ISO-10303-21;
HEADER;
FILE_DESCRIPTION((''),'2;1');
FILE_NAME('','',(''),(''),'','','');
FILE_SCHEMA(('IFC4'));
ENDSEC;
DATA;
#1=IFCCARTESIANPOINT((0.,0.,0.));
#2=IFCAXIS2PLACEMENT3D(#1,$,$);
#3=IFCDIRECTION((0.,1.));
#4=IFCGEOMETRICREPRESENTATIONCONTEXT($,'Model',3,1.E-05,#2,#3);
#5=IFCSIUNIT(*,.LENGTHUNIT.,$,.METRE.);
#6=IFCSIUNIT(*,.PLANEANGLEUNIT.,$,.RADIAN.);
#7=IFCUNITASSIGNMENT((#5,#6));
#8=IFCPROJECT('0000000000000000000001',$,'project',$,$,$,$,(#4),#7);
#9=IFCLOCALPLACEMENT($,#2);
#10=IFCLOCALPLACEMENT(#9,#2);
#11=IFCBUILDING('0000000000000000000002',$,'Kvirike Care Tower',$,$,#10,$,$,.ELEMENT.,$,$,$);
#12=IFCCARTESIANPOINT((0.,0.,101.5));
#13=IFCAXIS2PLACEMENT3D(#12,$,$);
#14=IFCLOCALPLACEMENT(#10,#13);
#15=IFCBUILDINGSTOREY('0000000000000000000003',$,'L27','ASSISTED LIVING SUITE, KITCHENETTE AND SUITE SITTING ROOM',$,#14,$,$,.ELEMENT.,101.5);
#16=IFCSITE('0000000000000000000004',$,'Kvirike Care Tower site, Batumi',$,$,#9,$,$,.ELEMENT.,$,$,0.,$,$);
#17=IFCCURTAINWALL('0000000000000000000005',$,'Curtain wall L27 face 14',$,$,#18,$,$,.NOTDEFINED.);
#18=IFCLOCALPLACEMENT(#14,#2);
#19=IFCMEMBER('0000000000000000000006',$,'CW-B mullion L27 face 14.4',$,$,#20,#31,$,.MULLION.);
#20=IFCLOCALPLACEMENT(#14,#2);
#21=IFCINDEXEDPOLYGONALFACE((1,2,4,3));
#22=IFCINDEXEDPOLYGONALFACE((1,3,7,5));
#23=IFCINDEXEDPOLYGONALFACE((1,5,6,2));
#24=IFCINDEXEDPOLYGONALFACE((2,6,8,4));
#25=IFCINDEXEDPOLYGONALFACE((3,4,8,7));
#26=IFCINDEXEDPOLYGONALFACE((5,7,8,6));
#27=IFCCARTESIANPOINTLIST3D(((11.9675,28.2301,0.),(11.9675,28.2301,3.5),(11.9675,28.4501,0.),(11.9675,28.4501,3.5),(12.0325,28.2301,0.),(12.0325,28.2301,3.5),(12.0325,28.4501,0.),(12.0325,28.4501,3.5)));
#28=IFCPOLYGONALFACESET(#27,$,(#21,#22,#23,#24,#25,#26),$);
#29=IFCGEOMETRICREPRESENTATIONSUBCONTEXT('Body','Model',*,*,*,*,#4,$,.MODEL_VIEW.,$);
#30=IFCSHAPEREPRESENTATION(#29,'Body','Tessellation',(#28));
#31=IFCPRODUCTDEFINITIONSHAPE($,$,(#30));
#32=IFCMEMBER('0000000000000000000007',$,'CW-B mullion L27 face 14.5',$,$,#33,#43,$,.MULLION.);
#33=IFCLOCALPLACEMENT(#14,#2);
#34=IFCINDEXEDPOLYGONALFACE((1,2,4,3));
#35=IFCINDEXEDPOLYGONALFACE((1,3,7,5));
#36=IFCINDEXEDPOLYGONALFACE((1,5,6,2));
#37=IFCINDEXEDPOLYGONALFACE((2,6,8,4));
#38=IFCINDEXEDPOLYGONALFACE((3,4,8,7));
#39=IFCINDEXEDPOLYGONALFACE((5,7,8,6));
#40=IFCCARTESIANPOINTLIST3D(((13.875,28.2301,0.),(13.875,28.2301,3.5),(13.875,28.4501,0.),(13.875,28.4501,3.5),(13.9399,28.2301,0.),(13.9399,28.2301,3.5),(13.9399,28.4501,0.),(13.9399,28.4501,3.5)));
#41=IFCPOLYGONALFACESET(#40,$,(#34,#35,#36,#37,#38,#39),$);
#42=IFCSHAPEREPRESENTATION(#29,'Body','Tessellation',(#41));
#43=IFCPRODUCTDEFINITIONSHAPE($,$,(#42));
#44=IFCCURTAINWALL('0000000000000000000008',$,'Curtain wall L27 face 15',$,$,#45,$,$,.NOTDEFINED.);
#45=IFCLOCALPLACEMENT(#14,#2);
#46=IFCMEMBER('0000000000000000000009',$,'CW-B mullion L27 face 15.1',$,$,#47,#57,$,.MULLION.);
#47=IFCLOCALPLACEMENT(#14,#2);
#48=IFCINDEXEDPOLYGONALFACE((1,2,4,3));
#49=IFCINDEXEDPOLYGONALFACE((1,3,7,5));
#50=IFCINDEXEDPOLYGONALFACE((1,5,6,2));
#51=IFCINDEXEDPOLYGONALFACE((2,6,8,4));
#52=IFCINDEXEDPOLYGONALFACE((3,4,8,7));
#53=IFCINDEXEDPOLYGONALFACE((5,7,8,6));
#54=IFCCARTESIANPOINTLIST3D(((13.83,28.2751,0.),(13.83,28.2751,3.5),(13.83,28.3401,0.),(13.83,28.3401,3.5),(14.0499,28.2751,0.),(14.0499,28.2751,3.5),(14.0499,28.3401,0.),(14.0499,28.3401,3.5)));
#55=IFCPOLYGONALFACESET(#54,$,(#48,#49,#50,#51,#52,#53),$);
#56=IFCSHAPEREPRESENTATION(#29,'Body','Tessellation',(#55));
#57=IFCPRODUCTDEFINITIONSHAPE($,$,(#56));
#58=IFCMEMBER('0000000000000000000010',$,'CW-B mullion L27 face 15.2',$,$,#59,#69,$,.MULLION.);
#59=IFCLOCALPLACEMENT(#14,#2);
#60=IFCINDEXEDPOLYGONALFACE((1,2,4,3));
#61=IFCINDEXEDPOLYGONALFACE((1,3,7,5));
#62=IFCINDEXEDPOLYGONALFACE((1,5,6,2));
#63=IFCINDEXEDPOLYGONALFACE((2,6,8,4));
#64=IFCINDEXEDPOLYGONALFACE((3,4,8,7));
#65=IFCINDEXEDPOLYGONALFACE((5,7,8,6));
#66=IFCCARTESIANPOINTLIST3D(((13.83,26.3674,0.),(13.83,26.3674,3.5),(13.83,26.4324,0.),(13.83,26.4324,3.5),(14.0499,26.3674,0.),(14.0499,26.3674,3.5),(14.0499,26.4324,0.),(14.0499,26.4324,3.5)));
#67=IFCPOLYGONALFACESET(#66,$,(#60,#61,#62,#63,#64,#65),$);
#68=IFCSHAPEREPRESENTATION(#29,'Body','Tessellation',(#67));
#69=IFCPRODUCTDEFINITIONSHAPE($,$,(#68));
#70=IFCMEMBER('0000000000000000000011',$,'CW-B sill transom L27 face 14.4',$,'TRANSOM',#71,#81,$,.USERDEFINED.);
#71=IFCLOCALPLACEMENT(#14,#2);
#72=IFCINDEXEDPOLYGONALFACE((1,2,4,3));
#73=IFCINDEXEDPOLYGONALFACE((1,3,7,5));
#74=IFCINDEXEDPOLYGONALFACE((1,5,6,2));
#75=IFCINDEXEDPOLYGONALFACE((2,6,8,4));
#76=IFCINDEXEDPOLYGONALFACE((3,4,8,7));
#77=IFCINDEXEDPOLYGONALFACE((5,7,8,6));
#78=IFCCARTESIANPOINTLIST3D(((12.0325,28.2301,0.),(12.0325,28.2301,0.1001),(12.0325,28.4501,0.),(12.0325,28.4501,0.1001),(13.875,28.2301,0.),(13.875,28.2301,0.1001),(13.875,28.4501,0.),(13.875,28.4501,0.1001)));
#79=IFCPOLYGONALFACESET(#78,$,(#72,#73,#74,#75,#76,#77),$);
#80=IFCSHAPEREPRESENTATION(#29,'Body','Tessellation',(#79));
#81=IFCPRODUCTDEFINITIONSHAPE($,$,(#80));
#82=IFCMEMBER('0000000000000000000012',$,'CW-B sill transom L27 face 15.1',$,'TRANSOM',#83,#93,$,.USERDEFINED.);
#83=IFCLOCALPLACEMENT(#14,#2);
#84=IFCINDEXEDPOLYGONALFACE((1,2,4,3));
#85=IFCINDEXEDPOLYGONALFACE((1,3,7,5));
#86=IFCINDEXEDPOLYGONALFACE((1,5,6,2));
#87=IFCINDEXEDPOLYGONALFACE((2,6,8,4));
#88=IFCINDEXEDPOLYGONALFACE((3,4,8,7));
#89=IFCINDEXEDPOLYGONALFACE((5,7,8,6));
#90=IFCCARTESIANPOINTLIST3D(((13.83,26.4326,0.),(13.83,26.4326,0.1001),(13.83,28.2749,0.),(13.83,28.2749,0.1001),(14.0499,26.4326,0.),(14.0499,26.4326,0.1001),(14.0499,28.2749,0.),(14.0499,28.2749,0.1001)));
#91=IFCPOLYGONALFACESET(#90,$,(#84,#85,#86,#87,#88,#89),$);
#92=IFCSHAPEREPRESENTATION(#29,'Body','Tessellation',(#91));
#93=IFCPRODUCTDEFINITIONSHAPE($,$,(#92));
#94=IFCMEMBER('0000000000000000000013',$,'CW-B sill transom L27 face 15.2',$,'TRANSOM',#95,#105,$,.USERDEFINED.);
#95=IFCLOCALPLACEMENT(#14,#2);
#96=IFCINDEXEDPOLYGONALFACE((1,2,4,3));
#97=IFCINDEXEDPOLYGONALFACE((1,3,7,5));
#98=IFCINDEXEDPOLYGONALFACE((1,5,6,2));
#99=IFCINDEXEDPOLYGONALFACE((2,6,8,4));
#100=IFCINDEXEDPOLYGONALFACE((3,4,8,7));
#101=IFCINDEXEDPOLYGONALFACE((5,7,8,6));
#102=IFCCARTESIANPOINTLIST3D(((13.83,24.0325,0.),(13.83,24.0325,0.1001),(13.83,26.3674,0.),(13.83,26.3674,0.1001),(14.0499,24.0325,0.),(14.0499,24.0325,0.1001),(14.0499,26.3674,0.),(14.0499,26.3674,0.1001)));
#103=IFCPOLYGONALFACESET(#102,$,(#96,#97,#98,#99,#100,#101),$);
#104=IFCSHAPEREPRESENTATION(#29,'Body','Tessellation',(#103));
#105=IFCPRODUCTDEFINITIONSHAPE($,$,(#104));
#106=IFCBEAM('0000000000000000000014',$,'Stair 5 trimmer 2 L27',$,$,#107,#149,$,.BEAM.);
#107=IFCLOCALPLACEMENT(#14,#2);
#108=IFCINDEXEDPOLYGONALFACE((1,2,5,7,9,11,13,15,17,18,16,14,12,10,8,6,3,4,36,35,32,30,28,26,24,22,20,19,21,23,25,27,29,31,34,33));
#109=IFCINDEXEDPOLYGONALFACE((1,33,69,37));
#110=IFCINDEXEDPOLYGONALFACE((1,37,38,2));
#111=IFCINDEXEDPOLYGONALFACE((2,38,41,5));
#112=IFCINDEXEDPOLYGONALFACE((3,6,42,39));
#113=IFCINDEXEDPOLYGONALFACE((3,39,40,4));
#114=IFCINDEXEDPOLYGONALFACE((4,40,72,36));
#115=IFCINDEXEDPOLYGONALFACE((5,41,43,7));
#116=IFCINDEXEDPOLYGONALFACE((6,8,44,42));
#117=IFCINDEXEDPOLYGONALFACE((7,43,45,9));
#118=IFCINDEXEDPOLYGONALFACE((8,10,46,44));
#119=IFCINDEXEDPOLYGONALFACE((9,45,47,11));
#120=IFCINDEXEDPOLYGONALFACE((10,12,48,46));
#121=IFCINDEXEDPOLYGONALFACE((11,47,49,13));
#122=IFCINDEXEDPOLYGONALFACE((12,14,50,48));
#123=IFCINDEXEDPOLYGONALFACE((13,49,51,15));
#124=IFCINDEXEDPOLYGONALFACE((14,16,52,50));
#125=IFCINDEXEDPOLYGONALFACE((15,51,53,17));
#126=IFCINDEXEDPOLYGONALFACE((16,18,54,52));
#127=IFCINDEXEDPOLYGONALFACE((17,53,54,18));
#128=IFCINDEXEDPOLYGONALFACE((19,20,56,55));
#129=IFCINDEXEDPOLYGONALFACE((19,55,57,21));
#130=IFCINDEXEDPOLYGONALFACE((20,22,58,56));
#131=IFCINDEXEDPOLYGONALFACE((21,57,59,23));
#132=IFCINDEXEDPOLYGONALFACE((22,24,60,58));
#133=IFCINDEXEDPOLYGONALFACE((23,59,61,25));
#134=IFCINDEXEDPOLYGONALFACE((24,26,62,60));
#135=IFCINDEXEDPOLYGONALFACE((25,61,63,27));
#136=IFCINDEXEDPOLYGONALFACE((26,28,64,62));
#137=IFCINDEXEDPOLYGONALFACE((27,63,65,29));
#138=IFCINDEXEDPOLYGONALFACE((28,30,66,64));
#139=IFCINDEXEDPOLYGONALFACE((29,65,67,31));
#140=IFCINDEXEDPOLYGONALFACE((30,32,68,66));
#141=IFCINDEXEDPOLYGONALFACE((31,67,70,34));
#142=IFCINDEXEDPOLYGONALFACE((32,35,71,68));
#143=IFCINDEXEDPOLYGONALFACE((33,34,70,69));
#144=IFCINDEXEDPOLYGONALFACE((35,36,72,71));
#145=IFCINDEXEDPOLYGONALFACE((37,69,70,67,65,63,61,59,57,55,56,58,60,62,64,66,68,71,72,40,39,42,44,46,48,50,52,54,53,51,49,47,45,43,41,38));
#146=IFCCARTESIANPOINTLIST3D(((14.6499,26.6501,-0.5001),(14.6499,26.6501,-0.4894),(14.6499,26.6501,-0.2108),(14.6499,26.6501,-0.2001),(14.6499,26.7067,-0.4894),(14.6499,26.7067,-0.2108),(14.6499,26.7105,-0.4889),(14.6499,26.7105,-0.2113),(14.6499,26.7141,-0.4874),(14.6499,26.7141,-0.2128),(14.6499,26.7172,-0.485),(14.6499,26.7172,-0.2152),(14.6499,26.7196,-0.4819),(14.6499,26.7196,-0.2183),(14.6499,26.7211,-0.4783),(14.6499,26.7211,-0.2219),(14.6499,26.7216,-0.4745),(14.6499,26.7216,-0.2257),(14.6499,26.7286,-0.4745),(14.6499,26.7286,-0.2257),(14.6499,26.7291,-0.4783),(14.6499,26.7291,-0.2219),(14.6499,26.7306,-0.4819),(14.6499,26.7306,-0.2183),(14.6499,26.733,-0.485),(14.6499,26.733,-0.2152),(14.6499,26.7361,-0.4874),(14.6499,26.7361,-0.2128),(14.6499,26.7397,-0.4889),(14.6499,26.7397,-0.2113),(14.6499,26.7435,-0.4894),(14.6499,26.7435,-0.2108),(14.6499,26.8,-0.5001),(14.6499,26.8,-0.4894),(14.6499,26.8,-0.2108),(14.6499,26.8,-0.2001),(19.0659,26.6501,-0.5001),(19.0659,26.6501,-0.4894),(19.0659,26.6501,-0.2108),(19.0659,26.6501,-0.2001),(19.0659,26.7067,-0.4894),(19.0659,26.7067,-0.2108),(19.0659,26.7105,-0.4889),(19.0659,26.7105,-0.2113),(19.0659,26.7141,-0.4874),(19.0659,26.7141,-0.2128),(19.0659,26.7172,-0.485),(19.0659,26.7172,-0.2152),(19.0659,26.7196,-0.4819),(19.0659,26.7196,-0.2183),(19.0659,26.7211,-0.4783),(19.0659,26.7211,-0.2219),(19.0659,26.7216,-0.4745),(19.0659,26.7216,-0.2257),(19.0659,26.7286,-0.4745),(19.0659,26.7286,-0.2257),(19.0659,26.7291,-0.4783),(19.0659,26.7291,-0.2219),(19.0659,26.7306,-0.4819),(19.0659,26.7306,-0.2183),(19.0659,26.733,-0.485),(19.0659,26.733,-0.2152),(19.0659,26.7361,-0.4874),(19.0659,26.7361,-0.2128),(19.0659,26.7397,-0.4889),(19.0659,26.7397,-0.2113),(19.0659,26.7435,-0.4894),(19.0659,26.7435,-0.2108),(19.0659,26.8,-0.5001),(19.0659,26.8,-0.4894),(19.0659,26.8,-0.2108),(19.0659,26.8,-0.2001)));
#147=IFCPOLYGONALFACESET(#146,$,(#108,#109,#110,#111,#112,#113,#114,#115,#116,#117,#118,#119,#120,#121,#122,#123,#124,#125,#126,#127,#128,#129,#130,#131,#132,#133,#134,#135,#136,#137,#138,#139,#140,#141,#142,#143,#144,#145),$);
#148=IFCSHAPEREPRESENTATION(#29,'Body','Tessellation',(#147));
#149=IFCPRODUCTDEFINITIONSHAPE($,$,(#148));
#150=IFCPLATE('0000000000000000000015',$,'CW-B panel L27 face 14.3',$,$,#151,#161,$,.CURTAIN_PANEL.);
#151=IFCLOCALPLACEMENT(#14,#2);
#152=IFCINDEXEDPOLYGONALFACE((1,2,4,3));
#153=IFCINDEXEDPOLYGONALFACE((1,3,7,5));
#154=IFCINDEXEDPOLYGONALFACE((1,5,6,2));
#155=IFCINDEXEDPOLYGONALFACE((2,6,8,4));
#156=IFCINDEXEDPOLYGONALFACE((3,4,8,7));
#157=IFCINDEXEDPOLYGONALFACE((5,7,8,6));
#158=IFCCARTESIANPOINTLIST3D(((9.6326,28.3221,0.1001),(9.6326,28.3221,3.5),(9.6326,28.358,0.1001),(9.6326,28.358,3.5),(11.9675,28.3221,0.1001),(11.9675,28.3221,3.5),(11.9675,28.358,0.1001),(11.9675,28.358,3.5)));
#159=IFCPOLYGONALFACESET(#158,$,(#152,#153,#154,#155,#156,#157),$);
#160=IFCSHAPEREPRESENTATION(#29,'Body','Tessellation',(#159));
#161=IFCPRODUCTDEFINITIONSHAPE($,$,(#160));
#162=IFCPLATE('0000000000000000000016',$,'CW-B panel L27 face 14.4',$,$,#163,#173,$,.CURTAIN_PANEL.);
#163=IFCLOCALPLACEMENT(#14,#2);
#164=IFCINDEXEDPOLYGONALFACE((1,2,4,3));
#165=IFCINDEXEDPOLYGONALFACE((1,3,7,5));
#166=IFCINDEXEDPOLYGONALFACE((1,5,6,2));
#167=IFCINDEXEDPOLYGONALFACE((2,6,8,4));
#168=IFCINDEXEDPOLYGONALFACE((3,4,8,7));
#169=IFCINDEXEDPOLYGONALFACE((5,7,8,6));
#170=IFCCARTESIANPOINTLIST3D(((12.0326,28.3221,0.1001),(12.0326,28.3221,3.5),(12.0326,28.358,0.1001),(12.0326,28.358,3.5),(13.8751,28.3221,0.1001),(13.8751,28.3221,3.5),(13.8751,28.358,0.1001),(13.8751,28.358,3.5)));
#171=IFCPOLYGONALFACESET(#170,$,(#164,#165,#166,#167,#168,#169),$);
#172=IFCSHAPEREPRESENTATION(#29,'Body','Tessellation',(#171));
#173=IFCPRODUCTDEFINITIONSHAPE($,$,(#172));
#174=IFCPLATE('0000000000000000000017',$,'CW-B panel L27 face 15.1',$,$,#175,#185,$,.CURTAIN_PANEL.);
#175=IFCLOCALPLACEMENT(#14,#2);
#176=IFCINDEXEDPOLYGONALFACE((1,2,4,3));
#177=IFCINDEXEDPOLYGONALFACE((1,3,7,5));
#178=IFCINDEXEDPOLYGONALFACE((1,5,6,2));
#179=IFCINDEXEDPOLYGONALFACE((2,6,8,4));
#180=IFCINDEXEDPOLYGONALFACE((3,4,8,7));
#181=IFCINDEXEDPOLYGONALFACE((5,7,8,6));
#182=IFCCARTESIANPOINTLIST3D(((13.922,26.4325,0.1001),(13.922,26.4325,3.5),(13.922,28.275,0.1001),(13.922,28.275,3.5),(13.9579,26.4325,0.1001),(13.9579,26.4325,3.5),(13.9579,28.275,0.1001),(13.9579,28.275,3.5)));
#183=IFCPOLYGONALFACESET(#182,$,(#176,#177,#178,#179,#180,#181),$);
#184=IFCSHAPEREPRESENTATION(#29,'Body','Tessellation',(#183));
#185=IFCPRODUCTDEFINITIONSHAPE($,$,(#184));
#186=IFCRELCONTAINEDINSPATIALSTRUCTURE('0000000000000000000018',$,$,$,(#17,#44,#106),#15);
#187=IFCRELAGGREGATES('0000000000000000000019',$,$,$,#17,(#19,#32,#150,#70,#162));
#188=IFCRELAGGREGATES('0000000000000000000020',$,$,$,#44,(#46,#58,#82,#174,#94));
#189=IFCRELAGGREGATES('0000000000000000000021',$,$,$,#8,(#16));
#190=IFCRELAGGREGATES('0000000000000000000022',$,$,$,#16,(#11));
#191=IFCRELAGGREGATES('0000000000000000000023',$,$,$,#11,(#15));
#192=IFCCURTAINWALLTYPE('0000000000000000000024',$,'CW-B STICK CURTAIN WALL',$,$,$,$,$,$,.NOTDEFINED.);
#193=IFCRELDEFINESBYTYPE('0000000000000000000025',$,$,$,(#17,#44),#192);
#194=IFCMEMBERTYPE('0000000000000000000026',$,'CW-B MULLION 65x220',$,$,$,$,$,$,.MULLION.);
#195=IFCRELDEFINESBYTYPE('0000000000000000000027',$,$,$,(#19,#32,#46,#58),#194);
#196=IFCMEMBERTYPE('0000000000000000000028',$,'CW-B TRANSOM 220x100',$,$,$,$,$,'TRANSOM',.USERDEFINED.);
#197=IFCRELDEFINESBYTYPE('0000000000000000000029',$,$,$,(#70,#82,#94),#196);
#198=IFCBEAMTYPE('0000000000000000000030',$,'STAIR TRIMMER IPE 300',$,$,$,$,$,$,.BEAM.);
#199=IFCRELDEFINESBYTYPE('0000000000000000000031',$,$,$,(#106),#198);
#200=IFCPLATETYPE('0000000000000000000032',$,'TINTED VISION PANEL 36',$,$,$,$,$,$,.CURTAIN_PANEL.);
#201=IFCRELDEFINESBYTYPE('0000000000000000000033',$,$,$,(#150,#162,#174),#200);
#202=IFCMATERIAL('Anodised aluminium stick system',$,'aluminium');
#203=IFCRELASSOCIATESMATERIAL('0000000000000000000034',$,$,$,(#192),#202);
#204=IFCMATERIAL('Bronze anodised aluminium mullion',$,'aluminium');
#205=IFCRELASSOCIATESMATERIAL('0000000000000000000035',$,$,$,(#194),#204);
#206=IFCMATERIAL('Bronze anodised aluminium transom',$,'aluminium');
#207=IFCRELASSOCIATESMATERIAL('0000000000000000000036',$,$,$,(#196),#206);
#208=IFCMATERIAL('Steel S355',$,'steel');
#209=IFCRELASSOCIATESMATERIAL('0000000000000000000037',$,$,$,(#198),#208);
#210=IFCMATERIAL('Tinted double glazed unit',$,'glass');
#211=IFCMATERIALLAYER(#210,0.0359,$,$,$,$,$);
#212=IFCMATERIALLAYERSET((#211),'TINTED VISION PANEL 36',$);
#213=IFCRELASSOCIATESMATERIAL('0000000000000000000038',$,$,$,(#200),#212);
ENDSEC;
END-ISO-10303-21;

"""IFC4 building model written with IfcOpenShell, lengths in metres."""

from ifc_helpers import new_model, si_unit, direction, frame, origin, origin_2d, place, context, subcontext, project, spatial, rectangle, i_section, extrude, material, layer, layer_set, material_profile, profile_set, type_object, element, aggregate, save


model = new_model("IFC4")

# Units and contexts
model_context = context("Model", 3, precision=1e-05, world=origin(), true_north=direction((0.0, 1.0)))
body_context = subcontext(model_context, "Body", "Model", "MODEL_VIEW")
ifc_project = project(units=[si_unit("LENGTHUNIT", "METRE"), si_unit("PLANEANGLEUNIT", "RADIAN")], contexts=[model_context])

# Site, building, storey
site_placement = place(None, origin())
site = spatial("IfcSite", under=ifc_project, at=site_placement, Name="Kvirike Care Tower site, Batumi", CompositionType="ELEMENT", RefElevation=0.0)
building_placement = place(site_placement, origin())
building = spatial("IfcBuilding", under=site, at=building_placement, Name="Kvirike Care Tower", CompositionType="ELEMENT")
storey_placement = place(building_placement, frame((0.0, 0.0, 101.5)))
storey = spatial("IfcBuildingStorey", under=building, at=storey_placement, Name="L27", Description="ASSISTED LIVING SUITE, KITCHENETTE AND SUITE SITTING ROOM", CompositionType="ELEMENT", Elevation=101.5)

# Curtain walls, members
ifc_material_1 = material(Name="Anodised aluminium stick system", Category="aluminium")
curtain_wall_type = type_object("IfcCurtainWallType", Name="CW-B STICK CURTAIN WALL", PredefinedType="NOTDEFINED", material=ifc_material_1)
curtain_wall_1_placement = place(storey_placement, origin())
curtain_wall_1 = element("IfcCurtainWall", 1, at=curtain_wall_1_placement, inside=storey, type_object=curtain_wall_type, Name="Curtain wall L27 face 14", PredefinedType="NOTDEFINED")
ifc_material_2 = material(Name="Bronze anodised aluminium mullion", Category="aluminium")
ifc_material_profile_1 = material_profile(ifc_material_2, rectangle(XDim=0.0649, YDim=0.22, at=origin_2d()), Name="CW-B MULLION 65x220")
ifc_profile_set_1 = profile_set([ifc_material_profile_1], Name="Bronze anodised aluminium mullion")
member_type_1 = type_object("IfcMemberType", Name="CW-B MULLION 65x220", PredefinedType="MULLION", material=ifc_profile_set_1)
member_1_placement = place(storey_placement, frame((12.0, 28.3401, 0.0), z_axis=(0.0, 0.0, 1.0), x_axis=(1.0, 0.0, 0.0)))
member_1 = element("IfcMember", 2, at=member_1_placement, type_object=member_type_1, Name="CW-B mullion L27 face 14.4", PredefinedType="MULLION", context=body_context, shape_type="SweptSolid", body=[
    extrude(rectangle(XDim=0.0649, YDim=0.22, at=origin_2d()), origin(), (0.0, 0.0, 1.0), 3.5),
])
member_2_placement = place(storey_placement, frame((13.9075, 28.3401, 0.0), z_axis=(0.0, 0.0, 1.0), x_axis=(1.0, 0.0, 0.0)))
member_2 = element("IfcMember", 3, at=member_2_placement, type_object=member_type_1, Name="CW-B mullion L27 face 14.5", PredefinedType="MULLION", context=body_context, shape_type="SweptSolid", body=[
    extrude(rectangle(XDim=0.0649, YDim=0.22, at=origin_2d()), origin(), (0.0, 0.0, 1.0), 3.5),
])
curtain_wall_2_placement = place(storey_placement, origin())
curtain_wall_2 = element("IfcCurtainWall", 4, at=curtain_wall_2_placement, inside=storey, type_object=curtain_wall_type, Name="Curtain wall L27 face 15", PredefinedType="NOTDEFINED")
member_3_placement = place(storey_placement, frame((13.9399, 28.3076, 0.0), z_axis=(0.0, 0.0, 1.0), x_axis=(0.0, -1.0, 0.0)))
member_3 = element("IfcMember", 5, at=member_3_placement, type_object=member_type_1, Name="CW-B mullion L27 face 15.1", PredefinedType="MULLION", context=body_context, shape_type="SweptSolid", body=[
    extrude(rectangle(XDim=0.0649, YDim=0.22, at=origin_2d()), origin(), (0.0, 0.0, 1.0), 3.5),
])
member_4_placement = place(storey_placement, frame((13.9399, 26.3999, 0.0), z_axis=(0.0, 0.0, 1.0), x_axis=(0.0, -1.0, 0.0)))
member_4 = element("IfcMember", 6, at=member_4_placement, type_object=member_type_1, Name="CW-B mullion L27 face 15.2", PredefinedType="MULLION", context=body_context, shape_type="SweptSolid", body=[
    extrude(rectangle(XDim=0.0649, YDim=0.22, at=origin_2d()), origin(), (0.0, 0.0, 1.0), 3.5),
])

# Members
ifc_material_3 = material(Name="Bronze anodised aluminium transom", Category="aluminium")
ifc_material_profile_2 = material_profile(ifc_material_3, rectangle(XDim=0.22, YDim=0.1001, at=origin_2d()), Name="CW-B TRANSOM 220x100")
ifc_profile_set_2 = profile_set([ifc_material_profile_2], Name="Bronze anodised aluminium transom")
member_type_2 = type_object("IfcMemberType", Name="CW-B TRANSOM 220x100", ElementType="TRANSOM", PredefinedType="USERDEFINED", material=ifc_profile_set_2)
member_5_placement = place(storey_placement, frame((12.0325, 28.3401, 0.05), z_axis=(1.0, 0.0, 0.0), x_axis=(0.0, 1.0, 0.0)))
member_5 = element("IfcMember", 7, at=member_5_placement, type_object=member_type_2, Name="CW-B sill transom L27 face 14.4", ObjectType="TRANSOM", PredefinedType="USERDEFINED", context=body_context, shape_type="SweptSolid", body=[
    extrude(rectangle(XDim=0.22, YDim=0.1001, at=origin_2d()), origin(), (0.0, 0.0, 1.0), 1.8425),
])
member_6_placement = place(storey_placement, frame((13.9399, 28.2749, 0.05), z_axis=(0.0, -1.0, 0.0), x_axis=(1.0, 0.0, 0.0)))
member_6 = element("IfcMember", 8, at=member_6_placement, type_object=member_type_2, Name="CW-B sill transom L27 face 15.1", ObjectType="TRANSOM", PredefinedType="USERDEFINED", context=body_context, shape_type="SweptSolid", body=[
    extrude(rectangle(XDim=0.22, YDim=0.1001, at=origin_2d()), origin(), (0.0, 0.0, 1.0), 1.8423),
])
member_7_placement = place(storey_placement, frame((13.9399, 26.3674, 0.05), z_axis=(0.0, -1.0, 0.0), x_axis=(1.0, 0.0, 0.0)))
member_7 = element("IfcMember", 9, at=member_7_placement, type_object=member_type_2, Name="CW-B sill transom L27 face 15.2", ObjectType="TRANSOM", PredefinedType="USERDEFINED", context=body_context, shape_type="SweptSolid", body=[
    extrude(rectangle(XDim=0.22, YDim=0.1001, at=origin_2d()), origin(), (0.0, 0.0, 1.0), 2.335),
])

# Beam
ifc_material_4 = material(Name="Steel S355", Category="steel")
ifc_material_profile_3 = material_profile(ifc_material_4, i_section(OverallWidth=0.1499, OverallDepth=0.3, WebThickness=0.0071, FlangeThickness=0.0107, FilletRadius=0.0149, at=origin_2d()), Name="IPE 300")
ifc_profile_set_3 = profile_set([ifc_material_profile_3], Name="Steel S355")
beam_type = type_object("IfcBeamType", Name="STAIR TRIMMER IPE 300", PredefinedType="BEAM", material=ifc_profile_set_3)
beam_placement = place(storey_placement, frame((14.6499, 26.7251, -0.3501), z_axis=(1.0, 0.0, 0.0), x_axis=(0.0, 1.0, 0.0)))
element("IfcBeam", 10, at=beam_placement, inside=storey, type_object=beam_type, Name="Stair 5 trimmer 2 L27", PredefinedType="BEAM", context=body_context, shape_type="SweptSolid", body=[
    extrude(i_section(OverallWidth=0.1499, OverallDepth=0.3, WebThickness=0.0071, FlangeThickness=0.0107, FilletRadius=0.0149, at=origin_2d()), origin(), (0.0, 0.0, 1.0), 4.416),
])

# Plates
ifc_material_5 = material(Name="Tinted double glazed unit", Category="glass")
ifc_layer_1 = layer(ifc_material_5, 0.0359)
ifc_layer_set_1 = layer_set([ifc_layer_1], Name="TINTED VISION PANEL 36")
plate_type = type_object("IfcPlateType", Name="TINTED VISION PANEL 36", PredefinedType="CURTAIN_PANEL", material=ifc_layer_set_1)
plate_1_placement = place(storey_placement, frame((10.8, 28.3401, 0.1001), z_axis=(0.0, 0.0, 1.0), x_axis=(1.0, 0.0, 0.0)))
plate_1 = element("IfcPlate", 11, at=plate_1_placement, type_object=plate_type, Name="CW-B panel L27 face 14.3", PredefinedType="CURTAIN_PANEL", context=body_context, shape_type="SweptSolid", body=[
    extrude(rectangle(XDim=2.335, YDim=0.0359, at=origin_2d()), origin(), (0.0, 0.0, 1.0), 3.3999),
])
plate_2_placement = place(storey_placement, frame((12.9539, 28.3401, 0.1001), z_axis=(0.0, 0.0, 1.0), x_axis=(1.0, 0.0, 0.0)))
plate_2 = element("IfcPlate", 12, at=plate_2_placement, type_object=plate_type, Name="CW-B panel L27 face 14.4", PredefinedType="CURTAIN_PANEL", context=body_context, shape_type="SweptSolid", body=[
    extrude(rectangle(XDim=1.8425, YDim=0.0359, at=origin_2d()), origin(), (0.0, 0.0, 1.0), 3.3999),
])
aggregate(curtain_wall_1, [member_1, member_2, plate_1, member_5, plate_2])
plate_3_placement = place(storey_placement, frame((13.9399, 27.3538, 0.1001), z_axis=(0.0, 0.0, 1.0), x_axis=(0.0, -1.0, 0.0)))
plate_3 = element("IfcPlate", 13, at=plate_3_placement, type_object=plate_type, Name="CW-B panel L27 face 15.1", PredefinedType="CURTAIN_PANEL", context=body_context, shape_type="SweptSolid", body=[
    extrude(rectangle(XDim=1.8425, YDim=0.0359, at=origin_2d()), origin(), (0.0, 0.0, 1.0), 3.3999),
])
aggregate(curtain_wall_2, [member_3, member_4, member_6, plate_3, member_7])

save(model, "model.ifc")
